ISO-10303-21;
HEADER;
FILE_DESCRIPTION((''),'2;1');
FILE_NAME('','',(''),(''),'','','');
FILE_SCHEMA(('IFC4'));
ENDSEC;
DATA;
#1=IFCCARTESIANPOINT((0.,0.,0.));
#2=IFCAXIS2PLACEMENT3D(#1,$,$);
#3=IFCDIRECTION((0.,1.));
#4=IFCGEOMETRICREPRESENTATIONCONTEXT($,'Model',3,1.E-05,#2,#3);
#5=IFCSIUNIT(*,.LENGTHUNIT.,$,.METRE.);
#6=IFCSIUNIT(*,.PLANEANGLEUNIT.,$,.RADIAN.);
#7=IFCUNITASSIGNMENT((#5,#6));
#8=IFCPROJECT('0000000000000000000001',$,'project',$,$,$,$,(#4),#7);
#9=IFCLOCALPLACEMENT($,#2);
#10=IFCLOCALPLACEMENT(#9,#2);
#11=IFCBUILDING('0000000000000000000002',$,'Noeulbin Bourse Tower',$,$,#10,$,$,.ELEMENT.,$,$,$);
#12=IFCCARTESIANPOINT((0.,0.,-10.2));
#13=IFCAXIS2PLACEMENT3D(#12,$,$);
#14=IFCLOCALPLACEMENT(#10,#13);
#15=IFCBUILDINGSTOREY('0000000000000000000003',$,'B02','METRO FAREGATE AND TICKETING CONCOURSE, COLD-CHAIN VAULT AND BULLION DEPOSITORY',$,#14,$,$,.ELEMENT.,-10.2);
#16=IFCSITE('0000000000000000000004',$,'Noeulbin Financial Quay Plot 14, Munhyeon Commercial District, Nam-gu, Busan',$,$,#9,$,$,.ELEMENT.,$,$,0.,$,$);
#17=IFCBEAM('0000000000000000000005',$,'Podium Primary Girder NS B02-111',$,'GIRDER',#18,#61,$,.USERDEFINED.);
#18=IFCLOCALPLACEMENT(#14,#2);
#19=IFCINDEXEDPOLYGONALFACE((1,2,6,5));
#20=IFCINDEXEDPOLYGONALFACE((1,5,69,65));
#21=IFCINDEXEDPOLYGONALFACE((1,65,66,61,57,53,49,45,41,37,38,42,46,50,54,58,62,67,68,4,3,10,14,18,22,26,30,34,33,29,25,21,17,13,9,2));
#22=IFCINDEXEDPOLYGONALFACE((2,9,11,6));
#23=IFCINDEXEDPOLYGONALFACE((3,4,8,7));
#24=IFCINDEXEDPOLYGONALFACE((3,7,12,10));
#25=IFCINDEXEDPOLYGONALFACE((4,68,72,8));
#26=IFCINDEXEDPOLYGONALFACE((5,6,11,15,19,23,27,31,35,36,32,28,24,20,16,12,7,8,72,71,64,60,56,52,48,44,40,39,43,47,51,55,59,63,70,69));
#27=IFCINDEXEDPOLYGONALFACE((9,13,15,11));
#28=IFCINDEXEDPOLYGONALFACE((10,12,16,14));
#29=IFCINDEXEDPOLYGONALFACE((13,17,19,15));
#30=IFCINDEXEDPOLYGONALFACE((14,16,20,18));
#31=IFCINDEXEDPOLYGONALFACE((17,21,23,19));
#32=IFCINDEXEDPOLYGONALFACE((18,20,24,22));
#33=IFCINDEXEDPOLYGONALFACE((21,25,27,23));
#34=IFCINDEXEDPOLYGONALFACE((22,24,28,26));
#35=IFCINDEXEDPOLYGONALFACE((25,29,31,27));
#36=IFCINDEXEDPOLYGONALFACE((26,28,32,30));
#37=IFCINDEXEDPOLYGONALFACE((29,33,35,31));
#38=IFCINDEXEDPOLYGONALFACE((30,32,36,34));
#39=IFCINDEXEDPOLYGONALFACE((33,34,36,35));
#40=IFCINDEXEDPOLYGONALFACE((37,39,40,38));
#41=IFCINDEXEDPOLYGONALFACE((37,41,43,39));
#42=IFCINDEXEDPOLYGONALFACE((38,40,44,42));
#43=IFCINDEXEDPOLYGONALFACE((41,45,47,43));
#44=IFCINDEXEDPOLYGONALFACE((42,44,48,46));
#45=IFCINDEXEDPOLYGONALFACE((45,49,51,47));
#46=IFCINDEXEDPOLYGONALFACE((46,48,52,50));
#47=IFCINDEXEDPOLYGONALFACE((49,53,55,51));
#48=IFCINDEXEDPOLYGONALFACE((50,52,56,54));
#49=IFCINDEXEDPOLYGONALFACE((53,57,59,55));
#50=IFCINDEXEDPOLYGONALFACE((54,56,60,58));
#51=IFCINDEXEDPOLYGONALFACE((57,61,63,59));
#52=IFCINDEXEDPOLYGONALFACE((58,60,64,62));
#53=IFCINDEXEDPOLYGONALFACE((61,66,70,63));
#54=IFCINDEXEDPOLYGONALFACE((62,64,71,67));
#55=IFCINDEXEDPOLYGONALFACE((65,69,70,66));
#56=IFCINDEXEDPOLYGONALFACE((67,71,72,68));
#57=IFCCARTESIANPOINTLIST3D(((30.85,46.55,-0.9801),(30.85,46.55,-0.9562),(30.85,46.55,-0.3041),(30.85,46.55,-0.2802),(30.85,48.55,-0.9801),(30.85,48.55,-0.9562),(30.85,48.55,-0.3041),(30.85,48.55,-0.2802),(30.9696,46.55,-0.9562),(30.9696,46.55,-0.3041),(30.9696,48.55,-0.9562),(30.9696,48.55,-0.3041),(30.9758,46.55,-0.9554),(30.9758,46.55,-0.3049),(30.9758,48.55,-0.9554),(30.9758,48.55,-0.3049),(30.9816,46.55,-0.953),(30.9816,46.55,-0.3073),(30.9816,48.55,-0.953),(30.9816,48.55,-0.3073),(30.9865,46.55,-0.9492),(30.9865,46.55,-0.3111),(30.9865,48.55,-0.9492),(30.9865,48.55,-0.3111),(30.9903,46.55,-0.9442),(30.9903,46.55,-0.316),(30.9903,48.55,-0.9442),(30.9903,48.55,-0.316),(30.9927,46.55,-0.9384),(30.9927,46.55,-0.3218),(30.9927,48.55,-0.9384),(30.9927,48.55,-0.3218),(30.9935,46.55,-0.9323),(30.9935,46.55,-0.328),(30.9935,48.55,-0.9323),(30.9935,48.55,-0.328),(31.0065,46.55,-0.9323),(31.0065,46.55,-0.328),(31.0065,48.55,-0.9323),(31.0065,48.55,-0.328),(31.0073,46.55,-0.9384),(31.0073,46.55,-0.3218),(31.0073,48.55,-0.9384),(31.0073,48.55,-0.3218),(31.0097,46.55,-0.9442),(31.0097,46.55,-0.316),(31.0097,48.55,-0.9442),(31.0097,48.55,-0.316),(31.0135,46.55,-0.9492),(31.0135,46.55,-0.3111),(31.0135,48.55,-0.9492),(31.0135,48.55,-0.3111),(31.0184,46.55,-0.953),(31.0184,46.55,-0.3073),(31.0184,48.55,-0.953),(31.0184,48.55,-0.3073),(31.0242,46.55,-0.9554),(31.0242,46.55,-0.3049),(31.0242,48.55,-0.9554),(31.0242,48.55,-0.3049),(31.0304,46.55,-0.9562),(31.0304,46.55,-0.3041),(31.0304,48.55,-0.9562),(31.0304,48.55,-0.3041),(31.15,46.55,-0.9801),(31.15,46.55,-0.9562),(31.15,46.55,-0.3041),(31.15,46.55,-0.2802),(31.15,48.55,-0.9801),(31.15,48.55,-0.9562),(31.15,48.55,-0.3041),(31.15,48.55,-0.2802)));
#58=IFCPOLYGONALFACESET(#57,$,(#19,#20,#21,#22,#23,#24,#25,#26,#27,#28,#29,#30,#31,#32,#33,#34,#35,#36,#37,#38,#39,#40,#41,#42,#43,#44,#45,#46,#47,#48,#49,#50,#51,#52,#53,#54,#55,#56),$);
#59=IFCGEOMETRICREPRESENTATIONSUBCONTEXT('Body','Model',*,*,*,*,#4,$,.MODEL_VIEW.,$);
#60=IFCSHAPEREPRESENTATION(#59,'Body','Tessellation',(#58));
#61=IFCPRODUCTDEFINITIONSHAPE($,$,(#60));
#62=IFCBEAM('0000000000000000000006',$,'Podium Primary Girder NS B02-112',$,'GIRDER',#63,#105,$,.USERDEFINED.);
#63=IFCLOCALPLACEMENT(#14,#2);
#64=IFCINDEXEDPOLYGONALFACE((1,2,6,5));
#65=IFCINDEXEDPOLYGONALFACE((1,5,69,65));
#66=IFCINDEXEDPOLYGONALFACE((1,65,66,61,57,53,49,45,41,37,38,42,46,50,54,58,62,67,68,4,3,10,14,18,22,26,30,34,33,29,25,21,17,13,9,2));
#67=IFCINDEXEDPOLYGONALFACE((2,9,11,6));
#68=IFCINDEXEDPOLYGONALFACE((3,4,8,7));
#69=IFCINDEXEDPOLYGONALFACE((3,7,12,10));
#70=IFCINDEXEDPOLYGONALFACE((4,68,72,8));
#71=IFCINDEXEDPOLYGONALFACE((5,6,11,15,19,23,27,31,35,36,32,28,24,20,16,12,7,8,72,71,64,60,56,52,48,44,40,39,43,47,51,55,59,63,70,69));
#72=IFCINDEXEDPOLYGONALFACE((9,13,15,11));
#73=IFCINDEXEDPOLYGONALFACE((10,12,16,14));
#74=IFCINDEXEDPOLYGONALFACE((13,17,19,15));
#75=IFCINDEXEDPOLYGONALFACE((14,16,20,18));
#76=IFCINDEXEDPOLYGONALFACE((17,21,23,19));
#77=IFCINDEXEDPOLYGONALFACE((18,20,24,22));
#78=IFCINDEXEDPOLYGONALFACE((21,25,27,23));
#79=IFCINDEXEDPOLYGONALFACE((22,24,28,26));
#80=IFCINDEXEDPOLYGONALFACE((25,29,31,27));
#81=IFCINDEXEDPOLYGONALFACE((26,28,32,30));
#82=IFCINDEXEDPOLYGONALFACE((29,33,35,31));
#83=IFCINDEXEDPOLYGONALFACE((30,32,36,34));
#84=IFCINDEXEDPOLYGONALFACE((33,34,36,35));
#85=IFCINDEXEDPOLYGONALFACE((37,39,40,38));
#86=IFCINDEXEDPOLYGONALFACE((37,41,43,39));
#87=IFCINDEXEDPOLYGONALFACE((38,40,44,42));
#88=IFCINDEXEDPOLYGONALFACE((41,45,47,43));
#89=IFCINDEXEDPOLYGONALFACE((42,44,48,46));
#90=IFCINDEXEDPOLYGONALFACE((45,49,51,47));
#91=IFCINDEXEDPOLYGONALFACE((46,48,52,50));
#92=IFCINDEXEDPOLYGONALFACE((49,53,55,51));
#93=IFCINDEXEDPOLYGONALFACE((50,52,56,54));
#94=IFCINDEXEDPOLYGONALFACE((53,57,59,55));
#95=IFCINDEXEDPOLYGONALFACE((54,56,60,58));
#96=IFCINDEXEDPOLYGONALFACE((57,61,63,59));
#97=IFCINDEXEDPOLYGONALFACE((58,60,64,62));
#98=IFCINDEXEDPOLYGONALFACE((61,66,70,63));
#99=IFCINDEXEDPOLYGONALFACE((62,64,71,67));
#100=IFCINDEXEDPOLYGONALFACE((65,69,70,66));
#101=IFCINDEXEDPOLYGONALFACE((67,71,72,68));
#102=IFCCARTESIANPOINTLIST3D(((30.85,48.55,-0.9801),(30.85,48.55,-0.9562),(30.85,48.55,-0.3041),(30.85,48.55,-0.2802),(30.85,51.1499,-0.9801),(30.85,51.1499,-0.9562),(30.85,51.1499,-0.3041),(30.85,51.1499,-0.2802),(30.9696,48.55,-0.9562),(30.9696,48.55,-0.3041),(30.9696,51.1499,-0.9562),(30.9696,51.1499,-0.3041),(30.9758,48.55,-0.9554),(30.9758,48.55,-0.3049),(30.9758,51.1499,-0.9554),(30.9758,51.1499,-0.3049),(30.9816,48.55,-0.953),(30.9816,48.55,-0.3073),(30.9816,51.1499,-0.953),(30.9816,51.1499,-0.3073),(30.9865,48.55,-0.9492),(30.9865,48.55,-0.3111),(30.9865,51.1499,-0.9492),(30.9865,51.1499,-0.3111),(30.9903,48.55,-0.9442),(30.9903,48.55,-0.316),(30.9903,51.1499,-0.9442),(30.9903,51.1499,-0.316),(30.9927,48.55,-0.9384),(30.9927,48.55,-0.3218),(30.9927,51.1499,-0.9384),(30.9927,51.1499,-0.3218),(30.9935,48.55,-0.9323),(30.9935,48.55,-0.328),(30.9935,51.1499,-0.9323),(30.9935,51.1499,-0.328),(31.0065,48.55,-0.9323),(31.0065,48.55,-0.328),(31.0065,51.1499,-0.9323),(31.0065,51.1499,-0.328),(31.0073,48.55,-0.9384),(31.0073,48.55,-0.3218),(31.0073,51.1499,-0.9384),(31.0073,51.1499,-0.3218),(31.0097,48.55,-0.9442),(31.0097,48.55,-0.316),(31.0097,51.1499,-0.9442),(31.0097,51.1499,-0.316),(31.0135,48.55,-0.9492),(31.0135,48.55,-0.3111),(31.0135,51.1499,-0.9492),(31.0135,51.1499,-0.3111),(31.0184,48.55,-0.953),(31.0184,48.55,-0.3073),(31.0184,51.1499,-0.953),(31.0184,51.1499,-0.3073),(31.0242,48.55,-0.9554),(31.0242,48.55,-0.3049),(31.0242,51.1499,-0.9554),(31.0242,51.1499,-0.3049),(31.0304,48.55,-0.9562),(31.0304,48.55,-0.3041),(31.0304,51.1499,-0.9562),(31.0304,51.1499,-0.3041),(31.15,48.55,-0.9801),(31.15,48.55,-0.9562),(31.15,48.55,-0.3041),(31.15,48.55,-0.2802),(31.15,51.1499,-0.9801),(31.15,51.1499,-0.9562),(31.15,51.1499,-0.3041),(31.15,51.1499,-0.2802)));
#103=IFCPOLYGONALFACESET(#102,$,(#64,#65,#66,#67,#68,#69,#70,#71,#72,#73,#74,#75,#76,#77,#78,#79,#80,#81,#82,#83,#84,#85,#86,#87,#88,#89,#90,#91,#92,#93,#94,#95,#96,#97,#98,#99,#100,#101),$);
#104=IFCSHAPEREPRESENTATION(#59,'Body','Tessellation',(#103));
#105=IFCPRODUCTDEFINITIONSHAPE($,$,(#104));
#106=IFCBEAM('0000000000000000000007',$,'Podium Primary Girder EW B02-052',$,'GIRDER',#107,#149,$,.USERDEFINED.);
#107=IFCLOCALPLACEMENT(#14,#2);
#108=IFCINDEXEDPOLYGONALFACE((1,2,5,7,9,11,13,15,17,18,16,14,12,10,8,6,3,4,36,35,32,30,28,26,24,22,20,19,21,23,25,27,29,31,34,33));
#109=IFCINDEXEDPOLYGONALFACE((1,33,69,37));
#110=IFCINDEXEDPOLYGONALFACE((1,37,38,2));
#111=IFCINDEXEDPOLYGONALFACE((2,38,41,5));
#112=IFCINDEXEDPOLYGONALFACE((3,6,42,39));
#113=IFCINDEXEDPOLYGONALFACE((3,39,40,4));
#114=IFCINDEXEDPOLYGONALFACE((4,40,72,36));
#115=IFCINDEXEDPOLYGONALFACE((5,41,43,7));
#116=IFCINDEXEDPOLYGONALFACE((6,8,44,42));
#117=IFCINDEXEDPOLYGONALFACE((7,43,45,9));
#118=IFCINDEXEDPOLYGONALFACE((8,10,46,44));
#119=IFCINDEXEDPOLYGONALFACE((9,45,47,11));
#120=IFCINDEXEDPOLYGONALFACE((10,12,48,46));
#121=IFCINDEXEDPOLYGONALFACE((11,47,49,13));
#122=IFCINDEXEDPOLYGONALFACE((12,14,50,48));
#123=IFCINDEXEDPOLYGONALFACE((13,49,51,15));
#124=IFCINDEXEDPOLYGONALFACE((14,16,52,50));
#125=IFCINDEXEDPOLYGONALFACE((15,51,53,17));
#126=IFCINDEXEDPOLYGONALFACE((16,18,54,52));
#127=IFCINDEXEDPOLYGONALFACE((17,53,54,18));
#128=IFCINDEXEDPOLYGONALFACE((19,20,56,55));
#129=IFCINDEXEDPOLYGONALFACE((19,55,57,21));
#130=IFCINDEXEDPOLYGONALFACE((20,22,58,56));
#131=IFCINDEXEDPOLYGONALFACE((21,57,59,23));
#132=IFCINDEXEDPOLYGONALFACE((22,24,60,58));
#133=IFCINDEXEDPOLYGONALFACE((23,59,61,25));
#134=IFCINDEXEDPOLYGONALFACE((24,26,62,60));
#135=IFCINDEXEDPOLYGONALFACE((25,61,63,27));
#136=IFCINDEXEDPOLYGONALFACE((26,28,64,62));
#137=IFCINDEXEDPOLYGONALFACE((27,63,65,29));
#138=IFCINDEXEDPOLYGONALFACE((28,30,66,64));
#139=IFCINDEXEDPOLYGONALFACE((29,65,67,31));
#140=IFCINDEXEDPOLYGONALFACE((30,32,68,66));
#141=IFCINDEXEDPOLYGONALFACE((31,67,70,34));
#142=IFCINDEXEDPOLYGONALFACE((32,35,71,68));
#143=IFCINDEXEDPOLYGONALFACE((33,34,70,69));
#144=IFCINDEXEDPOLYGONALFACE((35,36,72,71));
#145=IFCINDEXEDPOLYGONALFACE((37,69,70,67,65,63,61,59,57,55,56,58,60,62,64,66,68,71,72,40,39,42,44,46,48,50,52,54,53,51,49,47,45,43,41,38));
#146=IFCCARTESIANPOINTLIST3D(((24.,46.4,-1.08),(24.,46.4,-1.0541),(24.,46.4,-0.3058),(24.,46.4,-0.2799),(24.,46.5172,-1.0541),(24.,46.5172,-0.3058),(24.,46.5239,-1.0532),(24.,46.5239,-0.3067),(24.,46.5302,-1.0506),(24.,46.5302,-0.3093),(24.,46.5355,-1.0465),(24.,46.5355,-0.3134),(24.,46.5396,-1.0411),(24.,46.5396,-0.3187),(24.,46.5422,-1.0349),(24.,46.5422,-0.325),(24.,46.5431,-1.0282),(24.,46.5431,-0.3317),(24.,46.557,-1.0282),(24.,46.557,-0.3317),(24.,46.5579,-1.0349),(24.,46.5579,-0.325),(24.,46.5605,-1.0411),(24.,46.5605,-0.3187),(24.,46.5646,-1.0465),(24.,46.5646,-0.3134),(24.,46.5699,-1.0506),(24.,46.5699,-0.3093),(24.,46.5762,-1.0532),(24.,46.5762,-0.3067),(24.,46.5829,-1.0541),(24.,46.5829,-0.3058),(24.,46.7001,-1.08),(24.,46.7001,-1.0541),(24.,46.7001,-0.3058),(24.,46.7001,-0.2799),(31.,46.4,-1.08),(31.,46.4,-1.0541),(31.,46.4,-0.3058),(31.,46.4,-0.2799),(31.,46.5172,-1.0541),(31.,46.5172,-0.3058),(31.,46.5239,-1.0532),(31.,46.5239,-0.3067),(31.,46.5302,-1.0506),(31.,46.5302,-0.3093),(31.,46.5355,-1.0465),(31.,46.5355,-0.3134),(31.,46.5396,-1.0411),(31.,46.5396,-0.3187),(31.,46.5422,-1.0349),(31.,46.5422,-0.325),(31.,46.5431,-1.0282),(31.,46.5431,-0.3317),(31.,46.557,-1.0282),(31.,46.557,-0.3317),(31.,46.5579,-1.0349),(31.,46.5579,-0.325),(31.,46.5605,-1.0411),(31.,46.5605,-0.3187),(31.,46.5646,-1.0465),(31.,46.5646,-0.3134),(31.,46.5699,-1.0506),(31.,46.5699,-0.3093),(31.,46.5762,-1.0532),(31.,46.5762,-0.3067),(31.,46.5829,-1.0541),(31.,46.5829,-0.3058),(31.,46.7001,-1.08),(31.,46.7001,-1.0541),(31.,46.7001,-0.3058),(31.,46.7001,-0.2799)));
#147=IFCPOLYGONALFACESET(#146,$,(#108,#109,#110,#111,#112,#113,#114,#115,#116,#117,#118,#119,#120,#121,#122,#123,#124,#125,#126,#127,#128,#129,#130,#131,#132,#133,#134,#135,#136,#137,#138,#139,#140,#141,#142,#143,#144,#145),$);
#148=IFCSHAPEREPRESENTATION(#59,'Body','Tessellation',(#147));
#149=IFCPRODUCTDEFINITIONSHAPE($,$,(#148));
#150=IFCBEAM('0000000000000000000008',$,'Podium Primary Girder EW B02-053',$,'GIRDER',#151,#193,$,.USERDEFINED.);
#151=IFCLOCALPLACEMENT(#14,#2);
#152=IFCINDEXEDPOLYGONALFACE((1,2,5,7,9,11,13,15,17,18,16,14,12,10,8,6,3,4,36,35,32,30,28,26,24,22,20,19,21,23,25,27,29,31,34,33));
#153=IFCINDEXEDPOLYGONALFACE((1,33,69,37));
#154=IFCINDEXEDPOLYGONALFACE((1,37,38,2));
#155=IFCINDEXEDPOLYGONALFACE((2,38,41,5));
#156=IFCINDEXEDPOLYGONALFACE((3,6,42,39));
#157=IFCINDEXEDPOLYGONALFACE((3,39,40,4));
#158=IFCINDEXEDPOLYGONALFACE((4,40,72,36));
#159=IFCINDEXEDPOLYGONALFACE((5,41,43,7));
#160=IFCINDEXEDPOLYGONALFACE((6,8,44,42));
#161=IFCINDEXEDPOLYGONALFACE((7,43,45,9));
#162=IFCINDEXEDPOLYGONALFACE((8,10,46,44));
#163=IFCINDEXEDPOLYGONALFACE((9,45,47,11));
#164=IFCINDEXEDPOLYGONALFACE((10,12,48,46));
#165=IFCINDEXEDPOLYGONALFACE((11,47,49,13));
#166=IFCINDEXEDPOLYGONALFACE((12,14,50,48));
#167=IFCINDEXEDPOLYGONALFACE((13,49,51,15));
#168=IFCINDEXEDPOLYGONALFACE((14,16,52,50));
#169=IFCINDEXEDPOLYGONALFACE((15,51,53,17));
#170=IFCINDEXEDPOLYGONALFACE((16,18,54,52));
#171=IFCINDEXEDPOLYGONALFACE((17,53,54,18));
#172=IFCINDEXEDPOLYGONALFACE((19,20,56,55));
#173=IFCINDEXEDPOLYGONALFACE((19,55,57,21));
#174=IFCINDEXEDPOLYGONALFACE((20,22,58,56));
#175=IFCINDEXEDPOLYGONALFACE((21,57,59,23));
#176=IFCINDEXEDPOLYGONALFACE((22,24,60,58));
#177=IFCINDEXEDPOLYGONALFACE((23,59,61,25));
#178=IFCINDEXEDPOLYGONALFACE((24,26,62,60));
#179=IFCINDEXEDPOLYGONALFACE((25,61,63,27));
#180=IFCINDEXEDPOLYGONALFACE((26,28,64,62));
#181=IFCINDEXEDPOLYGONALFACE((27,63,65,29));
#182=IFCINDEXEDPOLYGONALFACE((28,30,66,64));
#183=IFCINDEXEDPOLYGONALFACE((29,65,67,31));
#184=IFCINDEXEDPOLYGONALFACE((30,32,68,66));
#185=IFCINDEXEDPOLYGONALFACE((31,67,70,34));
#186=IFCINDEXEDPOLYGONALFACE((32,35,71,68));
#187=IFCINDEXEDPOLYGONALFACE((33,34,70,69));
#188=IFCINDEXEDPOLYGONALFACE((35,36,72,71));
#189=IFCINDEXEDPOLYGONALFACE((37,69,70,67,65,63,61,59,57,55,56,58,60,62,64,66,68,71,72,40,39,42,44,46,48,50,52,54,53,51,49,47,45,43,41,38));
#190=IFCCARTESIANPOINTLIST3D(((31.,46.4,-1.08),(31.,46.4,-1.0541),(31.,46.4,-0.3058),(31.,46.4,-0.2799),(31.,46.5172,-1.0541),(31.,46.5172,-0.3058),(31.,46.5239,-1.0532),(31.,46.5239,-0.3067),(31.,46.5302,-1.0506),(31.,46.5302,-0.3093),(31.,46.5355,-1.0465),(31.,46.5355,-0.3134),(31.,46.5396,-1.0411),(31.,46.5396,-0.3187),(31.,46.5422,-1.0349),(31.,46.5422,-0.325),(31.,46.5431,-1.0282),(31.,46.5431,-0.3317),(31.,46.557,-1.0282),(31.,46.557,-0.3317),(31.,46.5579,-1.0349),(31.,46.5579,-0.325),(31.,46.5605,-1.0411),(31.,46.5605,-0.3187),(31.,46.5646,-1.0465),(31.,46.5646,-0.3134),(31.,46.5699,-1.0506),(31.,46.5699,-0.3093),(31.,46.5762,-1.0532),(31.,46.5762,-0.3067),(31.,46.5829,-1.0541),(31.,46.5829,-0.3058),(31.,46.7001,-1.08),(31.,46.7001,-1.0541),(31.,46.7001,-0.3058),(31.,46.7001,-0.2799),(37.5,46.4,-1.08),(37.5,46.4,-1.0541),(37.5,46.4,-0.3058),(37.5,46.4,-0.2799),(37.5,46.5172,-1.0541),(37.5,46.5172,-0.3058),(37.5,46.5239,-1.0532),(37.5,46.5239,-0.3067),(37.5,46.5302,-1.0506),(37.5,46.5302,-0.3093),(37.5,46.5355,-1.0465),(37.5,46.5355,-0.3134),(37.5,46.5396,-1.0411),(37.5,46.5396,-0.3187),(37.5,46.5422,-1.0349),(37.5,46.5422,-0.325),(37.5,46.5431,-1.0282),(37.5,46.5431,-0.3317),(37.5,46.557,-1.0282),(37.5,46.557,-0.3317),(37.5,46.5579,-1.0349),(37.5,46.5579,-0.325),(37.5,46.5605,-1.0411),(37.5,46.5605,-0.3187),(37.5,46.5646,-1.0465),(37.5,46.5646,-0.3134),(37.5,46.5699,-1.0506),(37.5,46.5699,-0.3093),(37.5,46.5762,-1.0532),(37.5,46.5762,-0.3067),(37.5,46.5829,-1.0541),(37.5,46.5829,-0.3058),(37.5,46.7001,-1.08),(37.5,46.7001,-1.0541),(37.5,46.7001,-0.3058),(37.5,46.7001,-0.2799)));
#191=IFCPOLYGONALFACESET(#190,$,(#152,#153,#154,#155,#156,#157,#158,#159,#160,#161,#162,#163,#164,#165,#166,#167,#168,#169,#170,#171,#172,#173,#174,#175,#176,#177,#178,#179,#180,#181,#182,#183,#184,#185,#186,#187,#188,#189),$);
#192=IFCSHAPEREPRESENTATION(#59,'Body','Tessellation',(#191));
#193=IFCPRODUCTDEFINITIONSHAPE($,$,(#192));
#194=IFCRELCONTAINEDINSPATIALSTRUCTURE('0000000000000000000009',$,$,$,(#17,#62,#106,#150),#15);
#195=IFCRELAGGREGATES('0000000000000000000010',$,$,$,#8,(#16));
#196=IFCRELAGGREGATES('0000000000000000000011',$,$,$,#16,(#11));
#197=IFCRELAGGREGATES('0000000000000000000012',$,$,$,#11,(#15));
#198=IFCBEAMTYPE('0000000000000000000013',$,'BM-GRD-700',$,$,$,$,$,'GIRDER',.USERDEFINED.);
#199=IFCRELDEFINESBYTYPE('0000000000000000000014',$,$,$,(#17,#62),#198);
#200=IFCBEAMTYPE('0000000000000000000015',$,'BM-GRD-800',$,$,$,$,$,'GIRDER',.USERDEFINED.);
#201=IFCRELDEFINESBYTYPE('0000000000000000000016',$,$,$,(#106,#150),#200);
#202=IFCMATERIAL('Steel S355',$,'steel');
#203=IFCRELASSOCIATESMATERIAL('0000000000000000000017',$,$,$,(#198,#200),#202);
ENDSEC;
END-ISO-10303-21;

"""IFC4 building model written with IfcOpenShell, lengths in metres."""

from ifc_helpers import new_model, si_unit, direction, frame, origin, origin_2d, place, context, subcontext, project, spatial, i_section, extrude, material, material_profile, profile_set, type_object, element, save


model = new_model("IFC4")

# Units and contexts
model_context = context("Model", 3, precision=1e-05, world=origin(), true_north=direction((0.0, 1.0)))
body_context = subcontext(model_context, "Body", "Model", "MODEL_VIEW")
ifc_project = project(units=[si_unit("LENGTHUNIT", "METRE"), si_unit("PLANEANGLEUNIT", "RADIAN")], contexts=[model_context])

# Site, building, storey
site_placement = place(None, origin())
site = spatial("IfcSite", under=ifc_project, at=site_placement, Name="Noeulbin Financial Quay Plot 14, Munhyeon Commercial District, Nam-gu, Busan", CompositionType="ELEMENT", RefElevation=0.0)
building_placement = place(site_placement, origin())
building = spatial("IfcBuilding", under=site, at=building_placement, Name="Noeulbin Bourse Tower", CompositionType="ELEMENT")
storey_placement = place(building_placement, frame((0.0, 0.0, -10.2)))
storey = spatial("IfcBuildingStorey", under=building, at=storey_placement, Name="B02", Description="METRO FAREGATE AND TICKETING CONCOURSE, COLD-CHAIN VAULT AND BULLION DEPOSITORY", CompositionType="ELEMENT", Elevation=-10.2)

# Beams
ifc_material_1 = material(Name="Steel S355", Category="steel")
ifc_material_profile_1 = material_profile(ifc_material_1, i_section(OverallWidth=0.3, OverallDepth=0.7, WebThickness=0.0129, FlangeThickness=0.0239, FilletRadius=0.0239, at=origin_2d()), Name="H-700x300x13x24", Category="LoadBearing")
ifc_profile_set_1 = profile_set([ifc_material_profile_1], Name="Steel S355")
beam_type_1 = type_object("IfcBeamType", Name="BM-GRD-700", ElementType="GIRDER", PredefinedType="USERDEFINED", material=ifc_profile_set_1)
beam_1_placement = place(storey_placement, frame((31.0, 46.55, -0.6301), z_axis=(0.0, 1.0, 0.0), x_axis=(-1.0, 0.0, 0.0)))
element("IfcBeam", 1, at=beam_1_placement, inside=storey, type_object=beam_type_1, Name="Podium Primary Girder NS B02-111", ObjectType="GIRDER", PredefinedType="USERDEFINED", context=body_context, shape_type="SweptSolid", body=[
    extrude(i_section(OverallWidth=0.3, OverallDepth=0.7, WebThickness=0.0129, FlangeThickness=0.0239, FilletRadius=0.0239, at=origin_2d()), origin(), (0.0, 0.0, 1.0), 2.0),
])
beam_2_placement = place(storey_placement, frame((31.0, 48.55, -0.6301), z_axis=(0.0, 1.0, 0.0), x_axis=(-1.0, 0.0, 0.0)))
element("IfcBeam", 2, at=beam_2_placement, inside=storey, type_object=beam_type_1, Name="Podium Primary Girder NS B02-112", ObjectType="GIRDER", PredefinedType="USERDEFINED", context=body_context, shape_type="SweptSolid", body=[
    extrude(i_section(OverallWidth=0.3, OverallDepth=0.7, WebThickness=0.0129, FlangeThickness=0.0239, FilletRadius=0.0239, at=origin_2d()), origin(), (0.0, 0.0, 1.0), 2.5999),
])
ifc_material_profile_2 = material_profile(ifc_material_1, i_section(OverallWidth=0.3, OverallDepth=0.8, WebThickness=0.0139, FlangeThickness=0.0259, FilletRadius=0.0259, at=origin_2d()), Name="H-800x300x14x26", Category="LoadBearing")
ifc_profile_set_2 = profile_set([ifc_material_profile_2], Name="Steel S355")
beam_type_2 = type_object("IfcBeamType", Name="BM-GRD-800", ElementType="GIRDER", PredefinedType="USERDEFINED", material=ifc_profile_set_2)
beam_3_placement = place(storey_placement, frame((24.0, 46.55, -0.6799), z_axis=(1.0, 0.0, 0.0), x_axis=(0.0, 1.0, 0.0)))
element("IfcBeam", 3, at=beam_3_placement, inside=storey, type_object=beam_type_2, Name="Podium Primary Girder EW B02-052", ObjectType="GIRDER", PredefinedType="USERDEFINED", context=body_context, shape_type="SweptSolid", body=[
    extrude(i_section(OverallWidth=0.3, OverallDepth=0.8, WebThickness=0.0139, FlangeThickness=0.0259, FilletRadius=0.0259, at=origin_2d()), origin(), (0.0, 0.0, 1.0), 7.0),
])
beam_4_placement = place(storey_placement, frame((31.0, 46.55, -0.6799), z_axis=(1.0, 0.0, 0.0), x_axis=(0.0, 1.0, 0.0)))
element("IfcBeam", 4, at=beam_4_placement, inside=storey, type_object=beam_type_2, Name="Podium Primary Girder EW B02-053", ObjectType="GIRDER", PredefinedType="USERDEFINED", context=body_context, shape_type="SweptSolid", body=[
    extrude(i_section(OverallWidth=0.3, OverallDepth=0.8, WebThickness=0.0139, FlangeThickness=0.0259, FilletRadius=0.0259, at=origin_2d()), origin(), (0.0, 0.0, 1.0), 6.5),
])

save(model, "model.ifc")
